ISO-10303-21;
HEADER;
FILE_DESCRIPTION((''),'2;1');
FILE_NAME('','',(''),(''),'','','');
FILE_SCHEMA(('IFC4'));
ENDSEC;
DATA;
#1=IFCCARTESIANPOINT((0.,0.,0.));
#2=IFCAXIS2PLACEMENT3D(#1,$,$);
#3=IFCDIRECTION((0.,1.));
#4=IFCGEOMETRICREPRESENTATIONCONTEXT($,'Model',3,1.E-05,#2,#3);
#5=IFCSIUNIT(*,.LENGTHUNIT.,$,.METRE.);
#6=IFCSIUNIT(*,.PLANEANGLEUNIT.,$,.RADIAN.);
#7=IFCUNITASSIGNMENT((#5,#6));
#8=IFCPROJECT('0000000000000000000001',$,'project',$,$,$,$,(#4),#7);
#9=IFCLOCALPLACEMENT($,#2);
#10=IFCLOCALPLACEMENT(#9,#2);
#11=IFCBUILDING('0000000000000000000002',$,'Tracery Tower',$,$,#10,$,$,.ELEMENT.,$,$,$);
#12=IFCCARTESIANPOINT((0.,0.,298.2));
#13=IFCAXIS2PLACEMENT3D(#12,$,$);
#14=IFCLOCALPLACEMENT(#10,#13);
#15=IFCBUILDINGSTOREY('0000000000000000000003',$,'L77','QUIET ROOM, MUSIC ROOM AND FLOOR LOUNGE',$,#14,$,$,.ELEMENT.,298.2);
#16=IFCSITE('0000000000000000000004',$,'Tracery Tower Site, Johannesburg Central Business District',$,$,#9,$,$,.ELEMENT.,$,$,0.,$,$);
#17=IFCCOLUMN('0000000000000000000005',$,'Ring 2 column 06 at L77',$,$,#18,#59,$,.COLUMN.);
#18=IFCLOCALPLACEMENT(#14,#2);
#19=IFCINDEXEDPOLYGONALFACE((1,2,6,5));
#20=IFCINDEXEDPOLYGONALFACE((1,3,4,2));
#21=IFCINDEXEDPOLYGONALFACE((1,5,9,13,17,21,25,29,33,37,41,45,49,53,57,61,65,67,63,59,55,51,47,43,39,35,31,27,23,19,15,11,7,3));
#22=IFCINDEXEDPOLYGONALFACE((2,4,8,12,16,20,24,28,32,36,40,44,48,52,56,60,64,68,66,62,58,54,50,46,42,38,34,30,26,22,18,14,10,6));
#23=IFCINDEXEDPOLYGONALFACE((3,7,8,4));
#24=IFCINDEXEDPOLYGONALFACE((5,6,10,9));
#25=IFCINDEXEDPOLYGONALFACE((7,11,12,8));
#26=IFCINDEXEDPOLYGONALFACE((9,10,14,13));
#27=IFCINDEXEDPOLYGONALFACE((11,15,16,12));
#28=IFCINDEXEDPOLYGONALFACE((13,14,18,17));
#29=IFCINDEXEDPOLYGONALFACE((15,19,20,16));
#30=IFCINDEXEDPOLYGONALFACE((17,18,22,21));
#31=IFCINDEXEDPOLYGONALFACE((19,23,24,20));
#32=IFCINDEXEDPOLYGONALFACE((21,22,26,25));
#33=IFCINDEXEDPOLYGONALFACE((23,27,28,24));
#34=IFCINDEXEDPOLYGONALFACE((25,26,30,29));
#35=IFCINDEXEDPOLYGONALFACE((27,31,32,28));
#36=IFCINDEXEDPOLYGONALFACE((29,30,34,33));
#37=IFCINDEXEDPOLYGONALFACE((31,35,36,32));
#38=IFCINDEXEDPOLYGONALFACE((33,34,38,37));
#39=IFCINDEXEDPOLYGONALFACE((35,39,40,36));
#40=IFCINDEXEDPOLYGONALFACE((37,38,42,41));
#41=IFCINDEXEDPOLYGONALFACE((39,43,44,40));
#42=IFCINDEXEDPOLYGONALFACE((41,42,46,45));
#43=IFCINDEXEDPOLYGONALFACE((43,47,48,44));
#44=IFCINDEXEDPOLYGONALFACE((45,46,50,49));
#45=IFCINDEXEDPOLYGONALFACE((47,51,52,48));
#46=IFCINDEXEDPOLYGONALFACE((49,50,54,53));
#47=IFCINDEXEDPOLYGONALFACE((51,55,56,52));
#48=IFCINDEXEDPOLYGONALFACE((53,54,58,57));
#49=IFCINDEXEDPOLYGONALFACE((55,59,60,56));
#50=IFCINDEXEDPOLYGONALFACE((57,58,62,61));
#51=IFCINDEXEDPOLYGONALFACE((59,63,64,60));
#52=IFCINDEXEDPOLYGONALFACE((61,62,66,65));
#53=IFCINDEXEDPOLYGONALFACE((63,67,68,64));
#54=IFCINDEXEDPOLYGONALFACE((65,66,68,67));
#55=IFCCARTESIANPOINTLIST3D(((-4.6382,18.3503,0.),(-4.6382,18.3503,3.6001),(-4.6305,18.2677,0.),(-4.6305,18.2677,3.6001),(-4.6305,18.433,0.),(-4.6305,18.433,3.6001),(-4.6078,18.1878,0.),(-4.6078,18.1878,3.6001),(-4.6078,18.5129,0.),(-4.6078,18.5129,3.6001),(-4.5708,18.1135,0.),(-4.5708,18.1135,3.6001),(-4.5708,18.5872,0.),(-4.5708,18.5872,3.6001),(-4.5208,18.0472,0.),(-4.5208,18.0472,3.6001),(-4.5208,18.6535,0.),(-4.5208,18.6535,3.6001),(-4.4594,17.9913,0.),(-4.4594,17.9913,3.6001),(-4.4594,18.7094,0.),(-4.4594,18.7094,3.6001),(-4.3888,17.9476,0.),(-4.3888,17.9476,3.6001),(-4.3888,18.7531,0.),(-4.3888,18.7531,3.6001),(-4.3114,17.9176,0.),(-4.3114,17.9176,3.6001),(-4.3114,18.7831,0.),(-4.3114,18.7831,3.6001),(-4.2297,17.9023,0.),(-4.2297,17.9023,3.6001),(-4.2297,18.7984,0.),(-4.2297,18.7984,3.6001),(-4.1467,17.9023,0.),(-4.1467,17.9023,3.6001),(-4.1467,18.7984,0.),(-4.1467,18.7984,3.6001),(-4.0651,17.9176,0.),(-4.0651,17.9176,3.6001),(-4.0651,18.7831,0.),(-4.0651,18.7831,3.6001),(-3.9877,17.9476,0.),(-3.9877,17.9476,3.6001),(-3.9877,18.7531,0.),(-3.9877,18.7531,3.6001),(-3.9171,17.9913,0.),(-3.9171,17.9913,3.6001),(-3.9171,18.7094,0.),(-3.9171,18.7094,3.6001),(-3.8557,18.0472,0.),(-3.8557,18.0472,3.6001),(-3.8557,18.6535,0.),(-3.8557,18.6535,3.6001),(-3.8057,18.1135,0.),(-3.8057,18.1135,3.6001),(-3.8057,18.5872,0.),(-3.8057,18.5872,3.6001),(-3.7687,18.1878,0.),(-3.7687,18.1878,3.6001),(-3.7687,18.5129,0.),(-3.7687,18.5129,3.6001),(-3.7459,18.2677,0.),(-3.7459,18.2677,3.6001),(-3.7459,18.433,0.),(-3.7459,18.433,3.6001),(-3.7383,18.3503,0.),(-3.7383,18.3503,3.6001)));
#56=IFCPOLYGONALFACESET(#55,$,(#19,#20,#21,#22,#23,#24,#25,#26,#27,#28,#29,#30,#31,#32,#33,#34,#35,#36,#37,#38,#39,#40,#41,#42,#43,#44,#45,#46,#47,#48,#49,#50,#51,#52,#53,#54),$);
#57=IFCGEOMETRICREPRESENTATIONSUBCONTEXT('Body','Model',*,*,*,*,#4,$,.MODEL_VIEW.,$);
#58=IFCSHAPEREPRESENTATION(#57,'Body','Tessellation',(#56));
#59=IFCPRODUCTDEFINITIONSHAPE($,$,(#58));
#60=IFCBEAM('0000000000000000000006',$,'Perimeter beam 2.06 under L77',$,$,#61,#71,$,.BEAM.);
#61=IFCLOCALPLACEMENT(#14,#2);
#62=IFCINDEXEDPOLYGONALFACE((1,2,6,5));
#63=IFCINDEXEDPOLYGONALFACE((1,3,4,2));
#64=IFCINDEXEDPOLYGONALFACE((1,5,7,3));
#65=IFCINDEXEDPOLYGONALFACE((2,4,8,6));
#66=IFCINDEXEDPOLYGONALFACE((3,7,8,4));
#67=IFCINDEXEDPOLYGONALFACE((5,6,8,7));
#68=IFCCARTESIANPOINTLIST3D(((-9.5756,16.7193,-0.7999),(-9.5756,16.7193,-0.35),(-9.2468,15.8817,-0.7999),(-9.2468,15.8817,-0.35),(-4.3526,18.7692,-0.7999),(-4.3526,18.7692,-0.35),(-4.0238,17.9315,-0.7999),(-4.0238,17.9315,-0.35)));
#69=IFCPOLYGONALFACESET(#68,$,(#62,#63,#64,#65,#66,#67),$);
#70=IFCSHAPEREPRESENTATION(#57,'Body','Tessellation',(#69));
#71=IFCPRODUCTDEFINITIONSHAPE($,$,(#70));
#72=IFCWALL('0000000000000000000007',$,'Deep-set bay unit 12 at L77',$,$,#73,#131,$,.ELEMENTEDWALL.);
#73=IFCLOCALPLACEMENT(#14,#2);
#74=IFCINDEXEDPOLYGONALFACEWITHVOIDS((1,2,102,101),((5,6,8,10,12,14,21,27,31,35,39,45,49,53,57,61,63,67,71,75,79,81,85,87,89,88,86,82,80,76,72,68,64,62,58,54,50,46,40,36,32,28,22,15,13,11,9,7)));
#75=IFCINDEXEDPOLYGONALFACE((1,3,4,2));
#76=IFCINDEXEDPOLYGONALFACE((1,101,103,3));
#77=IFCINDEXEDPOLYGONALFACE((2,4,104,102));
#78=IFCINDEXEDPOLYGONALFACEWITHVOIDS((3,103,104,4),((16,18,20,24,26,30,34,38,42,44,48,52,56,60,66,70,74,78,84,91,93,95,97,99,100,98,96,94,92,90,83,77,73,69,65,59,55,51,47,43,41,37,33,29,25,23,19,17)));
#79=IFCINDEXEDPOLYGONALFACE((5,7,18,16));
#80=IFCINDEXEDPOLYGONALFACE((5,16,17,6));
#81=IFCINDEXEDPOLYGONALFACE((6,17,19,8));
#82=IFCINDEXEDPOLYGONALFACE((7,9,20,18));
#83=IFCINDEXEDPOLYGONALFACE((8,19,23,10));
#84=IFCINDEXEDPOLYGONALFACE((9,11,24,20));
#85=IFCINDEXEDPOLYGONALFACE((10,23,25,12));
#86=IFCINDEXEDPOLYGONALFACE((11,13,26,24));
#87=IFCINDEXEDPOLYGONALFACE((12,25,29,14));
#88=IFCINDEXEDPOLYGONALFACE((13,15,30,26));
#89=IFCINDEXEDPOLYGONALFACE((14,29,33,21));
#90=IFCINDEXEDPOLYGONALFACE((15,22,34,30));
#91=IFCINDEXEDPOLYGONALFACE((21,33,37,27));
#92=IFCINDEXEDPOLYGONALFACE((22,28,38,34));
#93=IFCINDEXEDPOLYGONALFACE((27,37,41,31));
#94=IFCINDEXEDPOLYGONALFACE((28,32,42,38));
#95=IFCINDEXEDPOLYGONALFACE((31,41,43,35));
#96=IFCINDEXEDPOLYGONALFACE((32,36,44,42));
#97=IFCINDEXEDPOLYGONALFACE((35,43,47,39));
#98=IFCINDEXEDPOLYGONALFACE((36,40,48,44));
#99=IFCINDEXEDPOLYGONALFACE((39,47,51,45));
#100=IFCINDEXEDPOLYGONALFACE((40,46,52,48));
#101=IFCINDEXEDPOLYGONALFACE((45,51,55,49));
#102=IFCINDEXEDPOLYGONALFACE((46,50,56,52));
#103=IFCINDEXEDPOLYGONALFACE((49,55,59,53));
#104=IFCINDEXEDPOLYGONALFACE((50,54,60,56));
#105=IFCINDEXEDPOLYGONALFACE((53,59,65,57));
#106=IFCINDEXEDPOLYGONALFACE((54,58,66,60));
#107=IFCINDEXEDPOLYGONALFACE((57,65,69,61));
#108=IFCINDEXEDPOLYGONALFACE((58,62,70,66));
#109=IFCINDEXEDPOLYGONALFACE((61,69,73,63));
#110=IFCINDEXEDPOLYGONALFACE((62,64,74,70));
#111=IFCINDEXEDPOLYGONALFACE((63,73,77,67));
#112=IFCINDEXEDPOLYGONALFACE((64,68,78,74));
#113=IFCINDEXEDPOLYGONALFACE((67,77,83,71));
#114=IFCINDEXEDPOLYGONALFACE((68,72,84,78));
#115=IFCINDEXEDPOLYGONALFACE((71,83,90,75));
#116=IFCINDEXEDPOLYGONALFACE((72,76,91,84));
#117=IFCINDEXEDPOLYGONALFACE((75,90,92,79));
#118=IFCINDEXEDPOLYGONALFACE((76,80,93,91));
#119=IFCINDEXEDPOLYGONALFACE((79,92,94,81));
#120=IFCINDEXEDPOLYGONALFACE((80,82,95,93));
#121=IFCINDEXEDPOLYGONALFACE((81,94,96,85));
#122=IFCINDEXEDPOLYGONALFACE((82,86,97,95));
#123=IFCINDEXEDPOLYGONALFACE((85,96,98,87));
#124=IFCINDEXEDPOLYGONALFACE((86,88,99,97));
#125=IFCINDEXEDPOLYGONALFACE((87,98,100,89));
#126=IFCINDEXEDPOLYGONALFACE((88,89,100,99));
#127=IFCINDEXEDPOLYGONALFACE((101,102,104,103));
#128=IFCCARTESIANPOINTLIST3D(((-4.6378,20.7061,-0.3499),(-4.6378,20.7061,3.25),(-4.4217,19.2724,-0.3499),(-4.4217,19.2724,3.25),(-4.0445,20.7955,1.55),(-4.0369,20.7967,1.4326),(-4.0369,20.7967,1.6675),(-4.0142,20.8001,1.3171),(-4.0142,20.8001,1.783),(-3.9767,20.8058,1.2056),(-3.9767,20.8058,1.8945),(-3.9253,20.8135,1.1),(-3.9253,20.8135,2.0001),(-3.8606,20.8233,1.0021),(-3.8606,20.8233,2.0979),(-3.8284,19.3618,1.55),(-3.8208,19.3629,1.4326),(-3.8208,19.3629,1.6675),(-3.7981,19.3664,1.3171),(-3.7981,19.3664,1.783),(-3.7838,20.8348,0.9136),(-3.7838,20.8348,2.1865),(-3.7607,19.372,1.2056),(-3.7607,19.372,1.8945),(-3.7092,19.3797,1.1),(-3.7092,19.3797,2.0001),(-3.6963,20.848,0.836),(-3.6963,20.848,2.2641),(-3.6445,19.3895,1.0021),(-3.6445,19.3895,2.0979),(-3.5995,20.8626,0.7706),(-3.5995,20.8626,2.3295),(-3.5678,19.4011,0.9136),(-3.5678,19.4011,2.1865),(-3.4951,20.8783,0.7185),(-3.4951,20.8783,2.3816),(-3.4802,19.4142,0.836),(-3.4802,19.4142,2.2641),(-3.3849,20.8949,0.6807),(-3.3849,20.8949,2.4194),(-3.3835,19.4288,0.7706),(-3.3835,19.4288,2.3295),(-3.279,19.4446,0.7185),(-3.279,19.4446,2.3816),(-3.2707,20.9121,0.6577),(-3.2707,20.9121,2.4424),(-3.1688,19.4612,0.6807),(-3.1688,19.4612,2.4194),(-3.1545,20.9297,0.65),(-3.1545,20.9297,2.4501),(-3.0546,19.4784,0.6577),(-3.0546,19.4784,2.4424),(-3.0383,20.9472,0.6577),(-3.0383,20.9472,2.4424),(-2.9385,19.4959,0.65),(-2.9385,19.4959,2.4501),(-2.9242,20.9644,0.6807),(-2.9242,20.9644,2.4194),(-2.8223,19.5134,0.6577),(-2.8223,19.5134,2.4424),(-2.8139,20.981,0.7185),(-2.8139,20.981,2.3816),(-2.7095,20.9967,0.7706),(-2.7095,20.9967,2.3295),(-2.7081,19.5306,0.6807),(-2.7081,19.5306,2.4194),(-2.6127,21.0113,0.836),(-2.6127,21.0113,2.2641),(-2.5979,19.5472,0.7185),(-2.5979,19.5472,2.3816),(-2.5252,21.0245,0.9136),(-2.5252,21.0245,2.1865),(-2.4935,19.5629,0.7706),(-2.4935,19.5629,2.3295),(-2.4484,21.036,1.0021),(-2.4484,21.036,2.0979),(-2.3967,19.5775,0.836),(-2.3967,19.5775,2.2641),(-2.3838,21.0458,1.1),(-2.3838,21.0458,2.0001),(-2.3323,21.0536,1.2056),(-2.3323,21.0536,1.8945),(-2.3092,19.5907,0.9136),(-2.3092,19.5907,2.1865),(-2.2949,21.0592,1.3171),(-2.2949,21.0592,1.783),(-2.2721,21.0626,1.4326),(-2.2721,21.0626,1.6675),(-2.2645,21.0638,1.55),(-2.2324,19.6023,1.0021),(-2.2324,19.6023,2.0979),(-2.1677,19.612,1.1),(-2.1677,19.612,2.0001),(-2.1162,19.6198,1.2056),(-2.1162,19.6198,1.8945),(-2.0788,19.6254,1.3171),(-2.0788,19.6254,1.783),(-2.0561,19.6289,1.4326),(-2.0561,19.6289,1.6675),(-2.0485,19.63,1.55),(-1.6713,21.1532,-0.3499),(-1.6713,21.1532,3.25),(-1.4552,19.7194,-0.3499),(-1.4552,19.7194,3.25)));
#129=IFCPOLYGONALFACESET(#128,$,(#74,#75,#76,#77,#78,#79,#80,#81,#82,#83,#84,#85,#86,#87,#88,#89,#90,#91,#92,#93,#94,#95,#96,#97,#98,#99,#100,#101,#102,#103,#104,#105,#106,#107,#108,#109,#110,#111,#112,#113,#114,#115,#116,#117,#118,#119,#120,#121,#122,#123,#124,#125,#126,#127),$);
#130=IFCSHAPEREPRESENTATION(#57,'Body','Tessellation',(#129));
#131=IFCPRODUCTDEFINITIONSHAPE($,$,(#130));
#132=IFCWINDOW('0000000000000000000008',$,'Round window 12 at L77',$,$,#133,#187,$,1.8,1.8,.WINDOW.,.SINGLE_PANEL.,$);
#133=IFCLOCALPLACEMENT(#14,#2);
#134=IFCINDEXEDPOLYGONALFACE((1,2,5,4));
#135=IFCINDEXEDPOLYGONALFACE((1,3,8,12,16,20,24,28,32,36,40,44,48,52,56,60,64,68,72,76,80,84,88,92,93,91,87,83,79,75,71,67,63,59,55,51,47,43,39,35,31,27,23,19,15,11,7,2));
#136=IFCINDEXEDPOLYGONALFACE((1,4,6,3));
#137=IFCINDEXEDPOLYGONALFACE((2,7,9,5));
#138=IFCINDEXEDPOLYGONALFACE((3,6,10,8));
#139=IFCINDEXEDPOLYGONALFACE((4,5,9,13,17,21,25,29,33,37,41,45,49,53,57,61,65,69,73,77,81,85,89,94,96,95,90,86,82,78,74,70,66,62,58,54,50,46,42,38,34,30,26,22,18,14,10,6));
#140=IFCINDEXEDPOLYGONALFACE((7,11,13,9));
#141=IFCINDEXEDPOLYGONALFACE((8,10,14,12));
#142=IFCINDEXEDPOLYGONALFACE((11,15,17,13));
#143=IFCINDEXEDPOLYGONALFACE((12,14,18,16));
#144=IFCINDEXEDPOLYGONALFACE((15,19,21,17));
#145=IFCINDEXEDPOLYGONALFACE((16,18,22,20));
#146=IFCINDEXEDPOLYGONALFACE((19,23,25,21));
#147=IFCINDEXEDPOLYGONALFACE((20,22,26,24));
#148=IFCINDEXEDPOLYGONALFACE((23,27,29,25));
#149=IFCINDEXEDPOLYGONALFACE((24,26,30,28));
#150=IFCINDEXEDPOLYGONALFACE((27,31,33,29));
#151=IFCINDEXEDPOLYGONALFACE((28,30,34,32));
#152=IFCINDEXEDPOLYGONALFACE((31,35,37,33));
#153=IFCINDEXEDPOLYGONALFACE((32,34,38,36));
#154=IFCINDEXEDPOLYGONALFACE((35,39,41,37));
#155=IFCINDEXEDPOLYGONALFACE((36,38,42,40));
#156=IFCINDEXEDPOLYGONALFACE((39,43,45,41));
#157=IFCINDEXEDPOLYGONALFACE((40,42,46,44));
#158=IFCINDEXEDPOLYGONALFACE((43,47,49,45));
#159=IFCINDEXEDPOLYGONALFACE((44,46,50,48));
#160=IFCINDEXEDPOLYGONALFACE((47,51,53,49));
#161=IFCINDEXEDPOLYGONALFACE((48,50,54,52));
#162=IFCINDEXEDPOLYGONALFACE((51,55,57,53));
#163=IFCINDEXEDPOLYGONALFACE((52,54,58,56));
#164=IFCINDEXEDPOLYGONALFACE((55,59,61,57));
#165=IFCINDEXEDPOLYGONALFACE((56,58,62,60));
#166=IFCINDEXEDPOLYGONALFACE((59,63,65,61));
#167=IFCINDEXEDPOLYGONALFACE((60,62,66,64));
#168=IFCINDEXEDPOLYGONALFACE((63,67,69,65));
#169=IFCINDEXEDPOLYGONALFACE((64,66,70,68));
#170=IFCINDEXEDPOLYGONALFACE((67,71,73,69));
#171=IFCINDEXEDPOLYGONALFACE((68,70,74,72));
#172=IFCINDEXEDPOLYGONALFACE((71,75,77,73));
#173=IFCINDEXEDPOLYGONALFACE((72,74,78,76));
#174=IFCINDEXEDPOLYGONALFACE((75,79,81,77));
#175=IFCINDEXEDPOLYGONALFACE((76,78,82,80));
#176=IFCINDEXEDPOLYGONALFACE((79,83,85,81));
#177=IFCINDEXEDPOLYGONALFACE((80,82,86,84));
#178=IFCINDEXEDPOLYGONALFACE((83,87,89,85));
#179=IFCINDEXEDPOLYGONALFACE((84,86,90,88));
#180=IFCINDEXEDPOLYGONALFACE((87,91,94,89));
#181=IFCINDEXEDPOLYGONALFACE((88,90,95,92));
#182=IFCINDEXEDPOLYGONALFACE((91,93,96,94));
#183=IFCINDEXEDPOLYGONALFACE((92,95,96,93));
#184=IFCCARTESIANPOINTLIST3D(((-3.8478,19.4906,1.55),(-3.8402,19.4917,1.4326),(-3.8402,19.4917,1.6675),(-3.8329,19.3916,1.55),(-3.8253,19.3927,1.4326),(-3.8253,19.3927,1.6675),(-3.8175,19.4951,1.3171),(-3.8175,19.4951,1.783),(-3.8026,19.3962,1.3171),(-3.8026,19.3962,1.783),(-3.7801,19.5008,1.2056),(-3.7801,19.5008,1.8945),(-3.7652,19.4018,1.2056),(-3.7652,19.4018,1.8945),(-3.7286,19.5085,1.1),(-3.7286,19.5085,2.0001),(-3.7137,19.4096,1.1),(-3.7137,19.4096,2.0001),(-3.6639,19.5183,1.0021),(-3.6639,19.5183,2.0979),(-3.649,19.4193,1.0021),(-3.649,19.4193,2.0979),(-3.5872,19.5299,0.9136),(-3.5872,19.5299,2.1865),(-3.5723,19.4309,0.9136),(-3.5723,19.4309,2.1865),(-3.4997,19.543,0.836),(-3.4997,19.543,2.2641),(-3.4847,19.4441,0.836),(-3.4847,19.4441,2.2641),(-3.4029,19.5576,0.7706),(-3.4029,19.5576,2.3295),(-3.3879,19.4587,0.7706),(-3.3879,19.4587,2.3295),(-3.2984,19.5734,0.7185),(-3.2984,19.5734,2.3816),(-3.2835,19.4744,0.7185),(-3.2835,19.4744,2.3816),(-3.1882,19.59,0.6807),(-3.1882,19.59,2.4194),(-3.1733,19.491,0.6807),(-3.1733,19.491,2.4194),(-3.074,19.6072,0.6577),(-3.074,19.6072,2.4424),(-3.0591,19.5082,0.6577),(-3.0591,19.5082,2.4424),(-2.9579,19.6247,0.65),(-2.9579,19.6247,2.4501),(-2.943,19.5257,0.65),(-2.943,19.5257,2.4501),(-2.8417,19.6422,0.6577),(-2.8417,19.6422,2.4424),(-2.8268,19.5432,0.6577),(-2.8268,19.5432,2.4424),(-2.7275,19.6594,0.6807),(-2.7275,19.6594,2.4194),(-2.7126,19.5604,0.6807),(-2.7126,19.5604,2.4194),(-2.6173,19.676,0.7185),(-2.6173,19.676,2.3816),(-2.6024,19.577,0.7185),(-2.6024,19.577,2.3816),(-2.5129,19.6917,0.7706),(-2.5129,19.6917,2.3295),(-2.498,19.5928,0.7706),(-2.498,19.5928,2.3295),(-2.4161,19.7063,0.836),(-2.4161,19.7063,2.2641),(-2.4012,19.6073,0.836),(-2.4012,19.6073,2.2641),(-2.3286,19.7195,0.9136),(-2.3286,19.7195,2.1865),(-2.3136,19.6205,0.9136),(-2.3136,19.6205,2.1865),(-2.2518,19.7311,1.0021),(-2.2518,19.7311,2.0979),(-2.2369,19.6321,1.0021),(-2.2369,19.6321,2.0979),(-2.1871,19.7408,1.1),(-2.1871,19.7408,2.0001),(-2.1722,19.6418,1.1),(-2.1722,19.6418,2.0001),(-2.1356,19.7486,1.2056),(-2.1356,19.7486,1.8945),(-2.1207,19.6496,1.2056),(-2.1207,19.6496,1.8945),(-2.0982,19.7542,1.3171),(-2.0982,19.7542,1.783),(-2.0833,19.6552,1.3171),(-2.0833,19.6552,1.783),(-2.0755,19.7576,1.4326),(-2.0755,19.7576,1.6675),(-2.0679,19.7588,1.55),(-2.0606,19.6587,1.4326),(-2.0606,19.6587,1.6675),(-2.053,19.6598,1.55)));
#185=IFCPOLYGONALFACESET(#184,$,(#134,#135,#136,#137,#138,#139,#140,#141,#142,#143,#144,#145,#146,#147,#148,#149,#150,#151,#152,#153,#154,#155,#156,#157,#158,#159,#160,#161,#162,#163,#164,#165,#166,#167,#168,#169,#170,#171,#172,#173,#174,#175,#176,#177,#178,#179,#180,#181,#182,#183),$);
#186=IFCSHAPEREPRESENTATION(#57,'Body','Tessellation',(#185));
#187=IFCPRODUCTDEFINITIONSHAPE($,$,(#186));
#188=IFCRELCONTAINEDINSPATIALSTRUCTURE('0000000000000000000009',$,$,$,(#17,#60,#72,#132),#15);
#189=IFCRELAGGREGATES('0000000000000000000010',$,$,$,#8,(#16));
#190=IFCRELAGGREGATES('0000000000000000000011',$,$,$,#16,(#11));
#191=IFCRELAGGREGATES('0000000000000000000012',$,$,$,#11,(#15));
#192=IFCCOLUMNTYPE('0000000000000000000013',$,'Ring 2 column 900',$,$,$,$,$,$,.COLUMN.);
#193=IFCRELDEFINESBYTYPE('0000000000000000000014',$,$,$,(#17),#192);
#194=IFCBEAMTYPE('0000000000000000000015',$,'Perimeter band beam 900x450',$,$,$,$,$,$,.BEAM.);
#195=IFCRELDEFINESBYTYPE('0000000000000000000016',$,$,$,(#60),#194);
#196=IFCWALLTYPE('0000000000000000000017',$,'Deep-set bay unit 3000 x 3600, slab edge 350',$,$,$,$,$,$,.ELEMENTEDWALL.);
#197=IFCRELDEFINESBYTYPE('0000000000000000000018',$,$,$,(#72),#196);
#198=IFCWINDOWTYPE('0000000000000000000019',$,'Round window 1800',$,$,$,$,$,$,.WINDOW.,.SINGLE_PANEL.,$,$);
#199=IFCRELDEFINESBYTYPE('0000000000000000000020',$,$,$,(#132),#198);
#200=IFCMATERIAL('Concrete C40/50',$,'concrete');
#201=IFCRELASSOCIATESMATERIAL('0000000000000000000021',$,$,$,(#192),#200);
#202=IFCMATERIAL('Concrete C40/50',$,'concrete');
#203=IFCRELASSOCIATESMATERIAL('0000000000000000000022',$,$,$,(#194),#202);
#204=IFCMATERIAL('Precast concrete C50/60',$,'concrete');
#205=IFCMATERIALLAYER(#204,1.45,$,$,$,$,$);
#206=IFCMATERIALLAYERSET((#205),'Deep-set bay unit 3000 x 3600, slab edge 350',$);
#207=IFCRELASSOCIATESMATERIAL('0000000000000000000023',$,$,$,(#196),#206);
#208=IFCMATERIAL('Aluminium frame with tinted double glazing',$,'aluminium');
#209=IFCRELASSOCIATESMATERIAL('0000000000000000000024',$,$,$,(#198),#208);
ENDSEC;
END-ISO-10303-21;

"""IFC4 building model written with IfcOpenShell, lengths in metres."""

from ifc_helpers import new_model, si_unit, direction, frame, frame_2d, origin, origin_2d, place, context, subcontext, project, spatial, rectangle, circle, extrude, material, layer, layer_set, material_profile, profile_set, type_object, element, fill, save


model = new_model("IFC4")

# Units and contexts
model_context = context("Model", 3, precision=1e-05, world=origin(), true_north=direction((0.0, 1.0)))
body_context = subcontext(model_context, "Body", "Model", "MODEL_VIEW")
ifc_project = project(units=[si_unit("LENGTHUNIT", "METRE"), si_unit("PLANEANGLEUNIT", "RADIAN")], contexts=[model_context])

# Site, building, storey
site_placement = place(None, origin())
site = spatial("IfcSite", under=ifc_project, at=site_placement, Name="Tracery Tower Site, Johannesburg Central Business District", CompositionType="ELEMENT", RefElevation=0.0)
building_placement = place(site_placement, origin())
building = spatial("IfcBuilding", under=site, at=building_placement, Name="Tracery Tower", CompositionType="ELEMENT")
storey_placement = place(building_placement, frame((0.0, 0.0, 298.2)))
storey = spatial("IfcBuildingStorey", under=building, at=storey_placement, Name="L77", Description="QUIET ROOM, MUSIC ROOM AND FLOOR LOUNGE", CompositionType="ELEMENT", Elevation=298.2)

# Column
ifc_material_1 = material(Name="Concrete C40/50", Category="concrete")
ifc_material_profile_1 = material_profile(ifc_material_1, circle(Radius=0.45, at=origin_2d()), Name="RC D900")
ifc_profile_set_1 = profile_set([ifc_material_profile_1], Name="Concrete C40/50")
column_type = type_object("IfcColumnType", Name="Ring 2 column 900", PredefinedType="COLUMN", material=ifc_profile_set_1)
column_placement = place(storey_placement, frame((-4.1882, 18.3503, 0.0), z_axis=(0.0, 0.0, 1.0), x_axis=(1.0, 0.0, 0.0)))
element("IfcColumn", 1, at=column_placement, inside=storey, type_object=column_type, Name="Ring 2 column 06 at L77", PredefinedType="COLUMN", context=body_context, shape_type="SweptSolid", body=[
    extrude(circle(Radius=0.45, at=origin_2d()), origin(), (0.0, 0.0, 1.0), 3.6001),
])

# Beam
ifc_material_2 = material(Name="Concrete C40/50", Category="concrete")
ifc_material_profile_2 = material_profile(ifc_material_2, rectangle(XDim=0.8999, YDim=0.45, at=origin_2d()), Name="RC 900x450")
ifc_profile_set_2 = profile_set([ifc_material_profile_2], Name="Concrete C40/50")
beam_type = type_object("IfcBeamType", Name="Perimeter band beam 900x450", PredefinedType="BEAM", material=ifc_profile_set_2)
beam_placement = place(storey_placement, frame((-4.1882, 18.3503, -0.575), z_axis=(-0.930876, -0.365336, 0.0), x_axis=(0.365336, -0.930876, 0.0)))
element("IfcBeam", 2, at=beam_placement, inside=storey, type_object=beam_type, Name="Perimeter beam 2.06 under L77", PredefinedType="BEAM", context=body_context, shape_type="SweptSolid", body=[
    extrude(rectangle(XDim=0.8999, YDim=0.45, at=origin_2d()), origin(), (0.0, 0.0, 1.0), 5.6108),
])

# Wall, opening, window
ifc_material_3 = material(Name="Precast concrete C50/60", Category="concrete")
ifc_layer_1 = layer(ifc_material_3, 1.45)
ifc_layer_set_1 = layer_set([ifc_layer_1], Name="Deep-set bay unit 3000 x 3600, slab edge 350")
wall_type_1 = type_object("IfcWallType", Name="Deep-set bay unit 3000 x 3600, slab edge 350", PredefinedType="ELEMENTEDWALL", material=ifc_layer_set_1)
wall_1_placement = place(storey_placement, frame((-1.5632, 20.4363, -0.3499), z_axis=(0.0, 0.0, 1.0), x_axis=(-0.988836, -0.149005, 0.0)))
wall_1 = element("IfcWall", 3, at=wall_1_placement, inside=storey, type_object=wall_type_1, Name="Deep-set bay unit 12 at L77", PredefinedType="ELEMENTEDWALL", context=body_context, shape_type="SweptSolid", body=[
    extrude(rectangle(XDim=3.0, YDim=1.45, at=frame_2d((1.5, 0.0))), origin(), (0.0, 0.0, 1.0), 3.5999),
])
opening_1_placement = place(wall_1_placement, frame((1.5, 0.0, 1.8999)))
opening_1 = element("IfcOpeningElement", 4, at=opening_1_placement, cuts=wall_1, PredefinedType="OPENING", context=body_context, shape_type="SweptSolid", body=[
    extrude(circle(Radius=0.9, at=origin_2d()), frame((0.0, 0.7349, 0.0), z_axis=(0.0, -1.0, 0.0), x_axis=(1.0, 0.0, 0.0)), (0.0, 0.0, 1.0), 1.47),
])
ifc_material_4 = material(Name="Aluminium frame with tinted double glazing", Category="aluminium")
window_type = type_object("IfcWindowType", Name="Round window 1800", PartitioningType="SINGLE_PANEL", PredefinedType="WINDOW", material=ifc_material_4)
window_1_placement = place(opening_1_placement, origin())
window_1 = element("IfcWindow", 5, at=window_1_placement, inside=storey, type_object=window_type, Name="Round window 12 at L77", OverallHeight=1.8, OverallWidth=1.8, PartitioningType="SINGLE_PANEL", PredefinedType="WINDOW", context=body_context, shape_type="SweptSolid", body=[
    extrude(circle(Radius=0.9, at=origin_2d()), frame((0.0, 0.6948, 0.0), z_axis=(0.0, -1.0, 0.0), x_axis=(1.0, 0.0, 0.0)), (0.0, 0.0, 1.0), 0.1001),
])
fill(opening_1, window_1)

save(model, "model.ifc")
